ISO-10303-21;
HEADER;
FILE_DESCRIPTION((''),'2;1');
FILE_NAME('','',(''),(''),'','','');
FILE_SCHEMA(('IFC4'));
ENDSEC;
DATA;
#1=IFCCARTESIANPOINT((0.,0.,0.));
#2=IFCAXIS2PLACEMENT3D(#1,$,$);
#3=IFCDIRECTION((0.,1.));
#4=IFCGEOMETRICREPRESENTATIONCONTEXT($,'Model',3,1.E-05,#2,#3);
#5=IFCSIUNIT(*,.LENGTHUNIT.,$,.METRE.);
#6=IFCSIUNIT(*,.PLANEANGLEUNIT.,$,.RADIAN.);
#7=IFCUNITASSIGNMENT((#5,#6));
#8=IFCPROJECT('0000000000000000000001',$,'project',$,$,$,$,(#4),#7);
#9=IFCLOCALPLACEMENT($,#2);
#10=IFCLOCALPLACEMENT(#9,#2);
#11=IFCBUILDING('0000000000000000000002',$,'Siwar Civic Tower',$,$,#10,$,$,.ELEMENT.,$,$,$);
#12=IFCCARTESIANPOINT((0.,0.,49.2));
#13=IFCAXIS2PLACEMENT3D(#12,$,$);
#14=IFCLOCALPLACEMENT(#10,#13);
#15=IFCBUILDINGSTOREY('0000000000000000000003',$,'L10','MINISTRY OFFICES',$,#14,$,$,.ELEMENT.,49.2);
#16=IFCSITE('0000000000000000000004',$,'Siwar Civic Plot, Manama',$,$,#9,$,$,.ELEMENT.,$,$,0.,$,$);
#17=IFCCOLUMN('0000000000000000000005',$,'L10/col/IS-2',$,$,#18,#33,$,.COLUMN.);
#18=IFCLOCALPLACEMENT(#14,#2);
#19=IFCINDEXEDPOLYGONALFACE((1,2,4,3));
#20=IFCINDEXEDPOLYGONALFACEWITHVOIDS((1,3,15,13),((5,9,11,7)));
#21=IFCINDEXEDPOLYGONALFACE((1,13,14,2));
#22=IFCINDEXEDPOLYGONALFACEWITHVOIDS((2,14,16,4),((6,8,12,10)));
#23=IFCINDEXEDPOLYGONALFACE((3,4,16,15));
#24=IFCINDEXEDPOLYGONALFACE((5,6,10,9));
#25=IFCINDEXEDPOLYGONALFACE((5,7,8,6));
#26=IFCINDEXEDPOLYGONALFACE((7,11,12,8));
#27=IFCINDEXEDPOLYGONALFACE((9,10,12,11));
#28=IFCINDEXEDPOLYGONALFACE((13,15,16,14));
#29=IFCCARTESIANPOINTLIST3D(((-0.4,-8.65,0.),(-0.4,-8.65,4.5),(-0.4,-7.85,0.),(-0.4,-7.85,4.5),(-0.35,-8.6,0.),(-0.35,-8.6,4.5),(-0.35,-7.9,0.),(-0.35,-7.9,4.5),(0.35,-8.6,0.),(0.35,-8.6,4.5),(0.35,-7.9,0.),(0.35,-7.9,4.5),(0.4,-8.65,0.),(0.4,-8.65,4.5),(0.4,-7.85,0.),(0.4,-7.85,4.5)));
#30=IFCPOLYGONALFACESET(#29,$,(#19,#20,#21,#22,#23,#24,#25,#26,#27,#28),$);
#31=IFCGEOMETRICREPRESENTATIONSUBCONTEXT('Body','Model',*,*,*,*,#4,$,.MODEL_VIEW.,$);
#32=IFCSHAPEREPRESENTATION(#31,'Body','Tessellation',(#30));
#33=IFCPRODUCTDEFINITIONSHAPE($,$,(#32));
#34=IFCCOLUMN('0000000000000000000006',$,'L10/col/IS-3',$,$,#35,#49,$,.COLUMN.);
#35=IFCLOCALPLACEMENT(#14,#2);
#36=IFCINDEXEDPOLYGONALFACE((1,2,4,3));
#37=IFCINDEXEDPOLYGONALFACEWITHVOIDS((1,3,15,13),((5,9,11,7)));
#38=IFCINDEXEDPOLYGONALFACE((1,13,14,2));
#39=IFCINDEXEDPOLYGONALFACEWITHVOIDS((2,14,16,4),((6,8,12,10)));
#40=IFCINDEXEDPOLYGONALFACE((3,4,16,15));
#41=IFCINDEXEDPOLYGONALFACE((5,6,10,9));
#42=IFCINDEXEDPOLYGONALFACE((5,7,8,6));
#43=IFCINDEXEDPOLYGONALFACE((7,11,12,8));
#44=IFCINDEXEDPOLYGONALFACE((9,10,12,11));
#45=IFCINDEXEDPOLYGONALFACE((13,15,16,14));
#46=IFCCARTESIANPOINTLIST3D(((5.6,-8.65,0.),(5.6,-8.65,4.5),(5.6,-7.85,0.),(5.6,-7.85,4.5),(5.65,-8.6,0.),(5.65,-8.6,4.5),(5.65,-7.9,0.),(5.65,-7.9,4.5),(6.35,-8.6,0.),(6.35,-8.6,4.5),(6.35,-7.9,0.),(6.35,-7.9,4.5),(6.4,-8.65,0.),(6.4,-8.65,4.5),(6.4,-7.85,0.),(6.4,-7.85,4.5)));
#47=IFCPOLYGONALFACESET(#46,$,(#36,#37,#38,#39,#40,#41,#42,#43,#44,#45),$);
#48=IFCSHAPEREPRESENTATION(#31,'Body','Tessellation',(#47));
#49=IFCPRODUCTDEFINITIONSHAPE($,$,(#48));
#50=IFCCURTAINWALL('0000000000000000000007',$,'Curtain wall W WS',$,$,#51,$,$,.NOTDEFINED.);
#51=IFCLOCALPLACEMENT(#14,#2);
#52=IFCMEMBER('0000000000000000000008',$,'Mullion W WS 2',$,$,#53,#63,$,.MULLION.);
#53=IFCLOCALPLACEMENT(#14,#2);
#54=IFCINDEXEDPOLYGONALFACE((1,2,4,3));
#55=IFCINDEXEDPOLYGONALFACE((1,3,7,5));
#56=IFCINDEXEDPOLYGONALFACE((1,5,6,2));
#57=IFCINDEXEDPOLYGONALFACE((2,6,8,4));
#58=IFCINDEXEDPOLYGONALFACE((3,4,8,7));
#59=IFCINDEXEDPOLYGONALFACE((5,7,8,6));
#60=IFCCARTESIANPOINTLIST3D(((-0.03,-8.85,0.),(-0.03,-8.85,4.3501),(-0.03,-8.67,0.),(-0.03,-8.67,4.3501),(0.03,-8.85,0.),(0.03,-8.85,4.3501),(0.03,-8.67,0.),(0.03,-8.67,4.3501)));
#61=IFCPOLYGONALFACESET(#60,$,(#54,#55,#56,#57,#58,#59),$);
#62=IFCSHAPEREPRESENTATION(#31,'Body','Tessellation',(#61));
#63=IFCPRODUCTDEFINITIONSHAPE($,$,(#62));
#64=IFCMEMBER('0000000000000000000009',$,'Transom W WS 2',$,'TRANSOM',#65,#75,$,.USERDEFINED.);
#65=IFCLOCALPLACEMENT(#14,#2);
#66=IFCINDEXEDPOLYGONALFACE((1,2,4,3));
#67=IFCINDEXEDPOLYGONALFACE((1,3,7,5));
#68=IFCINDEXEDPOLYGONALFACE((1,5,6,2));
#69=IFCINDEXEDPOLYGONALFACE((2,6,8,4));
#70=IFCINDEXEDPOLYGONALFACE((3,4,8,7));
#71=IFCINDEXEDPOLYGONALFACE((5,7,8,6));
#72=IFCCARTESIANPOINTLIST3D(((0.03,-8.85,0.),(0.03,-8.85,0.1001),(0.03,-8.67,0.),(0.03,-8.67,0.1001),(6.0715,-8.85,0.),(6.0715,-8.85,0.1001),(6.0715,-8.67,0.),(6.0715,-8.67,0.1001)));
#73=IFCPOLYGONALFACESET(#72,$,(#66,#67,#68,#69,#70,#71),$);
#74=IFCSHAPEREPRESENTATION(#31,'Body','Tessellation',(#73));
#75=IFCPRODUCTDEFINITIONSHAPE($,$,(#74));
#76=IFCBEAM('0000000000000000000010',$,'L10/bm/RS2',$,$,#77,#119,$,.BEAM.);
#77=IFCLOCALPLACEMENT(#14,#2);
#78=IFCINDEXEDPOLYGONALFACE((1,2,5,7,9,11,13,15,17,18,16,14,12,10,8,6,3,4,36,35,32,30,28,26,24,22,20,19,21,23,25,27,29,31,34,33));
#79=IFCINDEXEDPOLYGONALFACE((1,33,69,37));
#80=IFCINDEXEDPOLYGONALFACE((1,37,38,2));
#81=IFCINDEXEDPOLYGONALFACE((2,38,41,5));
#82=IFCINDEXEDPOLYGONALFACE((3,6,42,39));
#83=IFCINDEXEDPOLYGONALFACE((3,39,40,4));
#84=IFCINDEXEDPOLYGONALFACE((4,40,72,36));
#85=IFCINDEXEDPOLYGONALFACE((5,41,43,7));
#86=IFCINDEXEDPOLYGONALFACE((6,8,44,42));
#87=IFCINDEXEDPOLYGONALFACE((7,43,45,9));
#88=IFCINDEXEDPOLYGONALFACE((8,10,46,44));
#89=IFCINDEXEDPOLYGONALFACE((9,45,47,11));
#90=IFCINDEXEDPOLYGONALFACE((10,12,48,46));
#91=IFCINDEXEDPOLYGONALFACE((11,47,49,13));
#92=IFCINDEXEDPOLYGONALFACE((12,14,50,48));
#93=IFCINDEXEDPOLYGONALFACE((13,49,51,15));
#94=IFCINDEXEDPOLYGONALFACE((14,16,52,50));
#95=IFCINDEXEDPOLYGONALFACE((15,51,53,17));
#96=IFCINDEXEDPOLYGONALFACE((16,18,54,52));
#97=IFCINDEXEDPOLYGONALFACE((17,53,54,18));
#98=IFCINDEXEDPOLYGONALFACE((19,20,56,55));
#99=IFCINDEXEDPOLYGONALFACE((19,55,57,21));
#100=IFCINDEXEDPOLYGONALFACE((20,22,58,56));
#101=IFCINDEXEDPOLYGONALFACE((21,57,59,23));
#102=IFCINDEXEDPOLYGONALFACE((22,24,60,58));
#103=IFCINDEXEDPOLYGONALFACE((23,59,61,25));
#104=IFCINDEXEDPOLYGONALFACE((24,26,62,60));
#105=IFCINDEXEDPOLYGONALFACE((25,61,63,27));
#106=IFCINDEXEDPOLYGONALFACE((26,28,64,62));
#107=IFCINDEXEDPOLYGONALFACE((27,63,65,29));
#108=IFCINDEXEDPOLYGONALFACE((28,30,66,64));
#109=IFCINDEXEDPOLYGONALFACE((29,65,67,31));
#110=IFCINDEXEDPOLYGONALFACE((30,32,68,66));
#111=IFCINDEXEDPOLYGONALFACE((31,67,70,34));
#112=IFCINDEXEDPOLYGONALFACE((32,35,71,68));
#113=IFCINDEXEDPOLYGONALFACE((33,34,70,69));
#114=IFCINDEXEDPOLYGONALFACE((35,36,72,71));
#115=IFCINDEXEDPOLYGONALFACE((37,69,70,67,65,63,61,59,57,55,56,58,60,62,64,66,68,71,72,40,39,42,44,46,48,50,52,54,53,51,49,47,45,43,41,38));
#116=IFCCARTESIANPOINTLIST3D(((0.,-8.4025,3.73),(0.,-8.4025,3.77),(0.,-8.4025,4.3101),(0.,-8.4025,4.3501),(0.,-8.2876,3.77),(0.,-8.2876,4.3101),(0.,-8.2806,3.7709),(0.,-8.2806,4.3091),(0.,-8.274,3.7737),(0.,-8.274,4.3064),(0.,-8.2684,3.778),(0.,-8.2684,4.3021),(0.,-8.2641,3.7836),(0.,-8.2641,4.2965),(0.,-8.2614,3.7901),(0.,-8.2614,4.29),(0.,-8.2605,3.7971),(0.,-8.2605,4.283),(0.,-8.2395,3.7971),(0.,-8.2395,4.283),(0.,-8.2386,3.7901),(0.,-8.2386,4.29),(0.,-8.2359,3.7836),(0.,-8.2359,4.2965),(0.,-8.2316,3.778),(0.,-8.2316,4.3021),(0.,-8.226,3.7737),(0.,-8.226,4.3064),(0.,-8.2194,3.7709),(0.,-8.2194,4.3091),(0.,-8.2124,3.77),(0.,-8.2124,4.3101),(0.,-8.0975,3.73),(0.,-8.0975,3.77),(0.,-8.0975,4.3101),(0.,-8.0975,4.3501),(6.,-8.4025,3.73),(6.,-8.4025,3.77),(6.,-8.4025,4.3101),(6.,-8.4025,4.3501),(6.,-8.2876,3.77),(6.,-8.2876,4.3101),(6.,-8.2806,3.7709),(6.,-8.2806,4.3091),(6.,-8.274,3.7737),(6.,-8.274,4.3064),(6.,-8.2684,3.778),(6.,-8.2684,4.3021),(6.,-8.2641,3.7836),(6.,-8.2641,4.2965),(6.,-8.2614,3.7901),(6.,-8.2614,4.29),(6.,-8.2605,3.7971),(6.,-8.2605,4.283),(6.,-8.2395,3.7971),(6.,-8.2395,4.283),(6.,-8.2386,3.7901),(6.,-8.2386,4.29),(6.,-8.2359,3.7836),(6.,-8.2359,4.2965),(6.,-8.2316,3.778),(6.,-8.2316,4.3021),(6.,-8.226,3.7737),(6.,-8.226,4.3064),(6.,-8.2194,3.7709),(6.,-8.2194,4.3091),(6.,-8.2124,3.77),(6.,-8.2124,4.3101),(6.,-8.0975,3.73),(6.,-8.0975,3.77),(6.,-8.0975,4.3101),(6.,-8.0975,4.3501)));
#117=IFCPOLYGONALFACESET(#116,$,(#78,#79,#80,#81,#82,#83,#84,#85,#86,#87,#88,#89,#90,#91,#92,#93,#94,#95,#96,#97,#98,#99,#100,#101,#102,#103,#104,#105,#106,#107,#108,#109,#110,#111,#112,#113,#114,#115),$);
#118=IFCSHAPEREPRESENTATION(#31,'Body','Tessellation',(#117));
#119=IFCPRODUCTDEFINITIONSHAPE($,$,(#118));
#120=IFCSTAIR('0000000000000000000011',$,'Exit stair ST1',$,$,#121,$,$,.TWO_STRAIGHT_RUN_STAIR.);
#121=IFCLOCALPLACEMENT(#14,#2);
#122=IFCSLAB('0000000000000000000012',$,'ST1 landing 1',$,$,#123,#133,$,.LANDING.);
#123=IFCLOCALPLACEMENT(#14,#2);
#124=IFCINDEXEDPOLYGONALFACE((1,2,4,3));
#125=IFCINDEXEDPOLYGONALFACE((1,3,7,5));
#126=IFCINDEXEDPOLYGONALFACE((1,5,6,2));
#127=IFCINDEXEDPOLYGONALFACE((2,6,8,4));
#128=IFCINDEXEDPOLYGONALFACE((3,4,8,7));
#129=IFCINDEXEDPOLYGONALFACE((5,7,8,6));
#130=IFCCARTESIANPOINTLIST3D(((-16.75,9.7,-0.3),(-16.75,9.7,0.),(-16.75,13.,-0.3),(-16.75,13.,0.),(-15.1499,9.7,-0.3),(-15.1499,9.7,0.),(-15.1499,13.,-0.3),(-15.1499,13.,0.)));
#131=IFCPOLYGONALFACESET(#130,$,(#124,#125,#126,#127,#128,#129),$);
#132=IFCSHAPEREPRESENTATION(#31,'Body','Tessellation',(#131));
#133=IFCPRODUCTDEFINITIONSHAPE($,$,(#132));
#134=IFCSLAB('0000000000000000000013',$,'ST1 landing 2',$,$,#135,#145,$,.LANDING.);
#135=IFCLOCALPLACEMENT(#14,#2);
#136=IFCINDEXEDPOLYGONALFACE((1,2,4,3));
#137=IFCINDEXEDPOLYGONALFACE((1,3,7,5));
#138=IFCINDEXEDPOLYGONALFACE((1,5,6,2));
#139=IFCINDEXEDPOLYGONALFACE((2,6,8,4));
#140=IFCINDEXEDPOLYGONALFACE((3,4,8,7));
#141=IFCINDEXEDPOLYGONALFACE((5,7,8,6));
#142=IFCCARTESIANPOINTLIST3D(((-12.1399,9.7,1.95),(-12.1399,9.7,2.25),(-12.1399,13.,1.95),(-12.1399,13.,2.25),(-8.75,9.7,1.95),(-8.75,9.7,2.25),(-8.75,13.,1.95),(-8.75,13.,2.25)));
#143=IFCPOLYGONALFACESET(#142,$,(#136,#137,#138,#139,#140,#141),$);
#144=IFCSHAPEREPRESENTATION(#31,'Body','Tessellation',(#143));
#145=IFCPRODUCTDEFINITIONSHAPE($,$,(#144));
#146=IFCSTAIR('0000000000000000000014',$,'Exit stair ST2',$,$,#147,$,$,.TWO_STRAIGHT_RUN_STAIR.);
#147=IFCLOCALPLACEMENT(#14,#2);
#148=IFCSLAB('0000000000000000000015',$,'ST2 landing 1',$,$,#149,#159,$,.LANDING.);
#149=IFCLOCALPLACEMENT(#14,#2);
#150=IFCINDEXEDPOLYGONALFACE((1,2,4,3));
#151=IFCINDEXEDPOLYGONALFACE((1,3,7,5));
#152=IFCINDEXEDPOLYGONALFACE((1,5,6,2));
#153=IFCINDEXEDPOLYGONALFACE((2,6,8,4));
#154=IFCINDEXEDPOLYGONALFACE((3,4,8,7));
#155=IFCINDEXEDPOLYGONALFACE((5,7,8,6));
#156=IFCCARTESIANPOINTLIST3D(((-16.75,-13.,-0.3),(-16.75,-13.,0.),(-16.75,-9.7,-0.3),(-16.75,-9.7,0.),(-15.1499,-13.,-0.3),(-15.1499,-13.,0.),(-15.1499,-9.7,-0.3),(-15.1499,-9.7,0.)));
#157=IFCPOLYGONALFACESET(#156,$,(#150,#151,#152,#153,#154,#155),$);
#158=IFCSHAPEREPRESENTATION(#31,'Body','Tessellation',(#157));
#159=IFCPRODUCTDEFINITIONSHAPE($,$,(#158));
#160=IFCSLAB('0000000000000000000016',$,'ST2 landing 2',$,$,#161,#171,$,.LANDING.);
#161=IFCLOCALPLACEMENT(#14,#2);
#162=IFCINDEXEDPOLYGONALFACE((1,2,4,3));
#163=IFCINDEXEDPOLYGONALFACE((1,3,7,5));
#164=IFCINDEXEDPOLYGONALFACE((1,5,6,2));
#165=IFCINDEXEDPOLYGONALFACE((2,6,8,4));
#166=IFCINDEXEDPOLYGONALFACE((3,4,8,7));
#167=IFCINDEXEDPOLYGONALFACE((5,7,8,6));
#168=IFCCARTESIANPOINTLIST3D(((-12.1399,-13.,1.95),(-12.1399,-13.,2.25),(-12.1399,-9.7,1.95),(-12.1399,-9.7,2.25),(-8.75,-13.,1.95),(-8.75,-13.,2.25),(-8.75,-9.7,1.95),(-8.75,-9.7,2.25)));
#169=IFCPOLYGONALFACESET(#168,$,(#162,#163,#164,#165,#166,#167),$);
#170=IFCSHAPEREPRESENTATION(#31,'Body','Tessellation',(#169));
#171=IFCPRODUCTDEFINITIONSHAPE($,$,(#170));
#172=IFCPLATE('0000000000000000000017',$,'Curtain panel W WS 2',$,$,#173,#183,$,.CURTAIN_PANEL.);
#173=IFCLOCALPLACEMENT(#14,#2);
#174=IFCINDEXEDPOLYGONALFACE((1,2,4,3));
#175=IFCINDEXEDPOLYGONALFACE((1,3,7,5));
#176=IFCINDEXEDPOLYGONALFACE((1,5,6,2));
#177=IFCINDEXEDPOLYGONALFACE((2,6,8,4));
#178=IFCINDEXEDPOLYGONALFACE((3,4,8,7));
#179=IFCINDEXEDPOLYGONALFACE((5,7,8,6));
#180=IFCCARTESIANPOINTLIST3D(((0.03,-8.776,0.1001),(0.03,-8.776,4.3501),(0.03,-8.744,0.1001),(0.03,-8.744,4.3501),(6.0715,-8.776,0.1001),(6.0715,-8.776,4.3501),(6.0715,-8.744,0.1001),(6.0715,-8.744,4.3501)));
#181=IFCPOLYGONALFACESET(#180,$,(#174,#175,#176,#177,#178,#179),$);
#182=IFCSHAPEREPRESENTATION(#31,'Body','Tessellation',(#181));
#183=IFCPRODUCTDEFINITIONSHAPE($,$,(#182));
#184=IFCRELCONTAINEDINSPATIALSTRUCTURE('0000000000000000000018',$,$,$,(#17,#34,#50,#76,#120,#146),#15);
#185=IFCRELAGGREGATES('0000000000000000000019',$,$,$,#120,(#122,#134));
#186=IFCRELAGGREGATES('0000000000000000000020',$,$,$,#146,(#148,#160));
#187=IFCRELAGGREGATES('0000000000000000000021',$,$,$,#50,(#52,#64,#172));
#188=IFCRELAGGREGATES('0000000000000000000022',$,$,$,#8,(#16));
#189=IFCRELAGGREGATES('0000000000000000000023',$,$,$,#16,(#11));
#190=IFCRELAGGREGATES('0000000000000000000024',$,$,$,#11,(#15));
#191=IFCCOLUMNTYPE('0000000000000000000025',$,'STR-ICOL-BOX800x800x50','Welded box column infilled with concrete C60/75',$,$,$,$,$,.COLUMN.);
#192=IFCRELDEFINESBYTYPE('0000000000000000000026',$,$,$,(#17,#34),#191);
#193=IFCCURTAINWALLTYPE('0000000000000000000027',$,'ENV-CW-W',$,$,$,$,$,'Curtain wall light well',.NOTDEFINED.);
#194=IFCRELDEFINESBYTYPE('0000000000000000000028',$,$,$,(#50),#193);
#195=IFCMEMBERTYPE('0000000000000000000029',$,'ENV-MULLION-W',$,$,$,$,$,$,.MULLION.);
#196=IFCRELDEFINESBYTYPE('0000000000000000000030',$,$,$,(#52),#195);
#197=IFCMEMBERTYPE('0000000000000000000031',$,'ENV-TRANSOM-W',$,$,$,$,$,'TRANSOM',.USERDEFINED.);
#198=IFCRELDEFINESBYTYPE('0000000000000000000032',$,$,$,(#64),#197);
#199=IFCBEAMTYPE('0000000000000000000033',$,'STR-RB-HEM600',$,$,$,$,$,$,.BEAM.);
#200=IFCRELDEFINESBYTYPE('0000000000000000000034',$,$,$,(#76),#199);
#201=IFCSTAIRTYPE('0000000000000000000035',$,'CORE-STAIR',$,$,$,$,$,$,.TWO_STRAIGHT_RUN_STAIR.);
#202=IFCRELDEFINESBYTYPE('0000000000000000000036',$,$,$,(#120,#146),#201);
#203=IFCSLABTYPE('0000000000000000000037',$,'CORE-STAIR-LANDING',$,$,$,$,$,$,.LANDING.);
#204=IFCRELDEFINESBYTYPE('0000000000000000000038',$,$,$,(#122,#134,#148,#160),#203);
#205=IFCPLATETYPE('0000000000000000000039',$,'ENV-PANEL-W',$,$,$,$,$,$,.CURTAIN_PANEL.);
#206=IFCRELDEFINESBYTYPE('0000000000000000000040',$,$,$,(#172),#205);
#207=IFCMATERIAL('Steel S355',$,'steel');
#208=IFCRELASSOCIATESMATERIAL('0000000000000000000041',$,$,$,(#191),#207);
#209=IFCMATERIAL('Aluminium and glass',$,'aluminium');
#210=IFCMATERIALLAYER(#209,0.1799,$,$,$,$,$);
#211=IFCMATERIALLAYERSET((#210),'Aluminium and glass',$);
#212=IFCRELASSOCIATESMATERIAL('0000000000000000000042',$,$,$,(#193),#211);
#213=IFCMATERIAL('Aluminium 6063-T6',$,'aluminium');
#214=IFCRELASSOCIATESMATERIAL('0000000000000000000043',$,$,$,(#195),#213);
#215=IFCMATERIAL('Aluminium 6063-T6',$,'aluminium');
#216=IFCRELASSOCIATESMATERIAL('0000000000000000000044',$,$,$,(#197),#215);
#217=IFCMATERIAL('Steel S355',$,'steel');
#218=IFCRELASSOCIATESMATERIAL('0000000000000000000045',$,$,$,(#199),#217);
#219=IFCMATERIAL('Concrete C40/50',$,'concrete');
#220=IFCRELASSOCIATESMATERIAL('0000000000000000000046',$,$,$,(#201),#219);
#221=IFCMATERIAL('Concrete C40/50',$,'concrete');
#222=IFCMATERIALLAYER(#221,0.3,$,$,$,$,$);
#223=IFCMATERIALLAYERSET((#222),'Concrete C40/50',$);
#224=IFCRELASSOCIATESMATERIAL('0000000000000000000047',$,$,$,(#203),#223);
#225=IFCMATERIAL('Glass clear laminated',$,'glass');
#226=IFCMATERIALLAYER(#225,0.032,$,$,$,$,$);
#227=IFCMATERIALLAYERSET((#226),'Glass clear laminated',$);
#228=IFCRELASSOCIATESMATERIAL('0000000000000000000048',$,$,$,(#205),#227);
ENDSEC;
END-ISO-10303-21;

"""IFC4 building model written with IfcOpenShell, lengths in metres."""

from ifc_helpers import new_model, si_unit, direction, frame, origin, origin_2d, place, context, subcontext, project, spatial, polyline, rectangle, hollow_rectangle, i_section, outline, extrude, material, layer, layer_set, material_profile, profile_set, type_object, element, aggregate, save


model = new_model("IFC4")

# Units and contexts
model_context = context("Model", 3, precision=1e-05, world=origin(), true_north=direction((0.0, 1.0)))
body_context = subcontext(model_context, "Body", "Model", "MODEL_VIEW")
ifc_project = project(units=[si_unit("LENGTHUNIT", "METRE"), si_unit("PLANEANGLEUNIT", "RADIAN")], contexts=[model_context])

# Site, building, storey
site_placement = place(None, origin())
site = spatial("IfcSite", under=ifc_project, at=site_placement, Name="Siwar Civic Plot, Manama", CompositionType="ELEMENT", RefElevation=0.0)
building_placement = place(site_placement, origin())
building = spatial("IfcBuilding", under=site, at=building_placement, Name="Siwar Civic Tower", CompositionType="ELEMENT")
storey_placement = place(building_placement, frame((0.0, 0.0, 49.2)))
storey = spatial("IfcBuildingStorey", under=building, at=storey_placement, Name="L10", Description="MINISTRY OFFICES", CompositionType="ELEMENT", Elevation=49.2)

# Columns
ifc_material_1 = material(Name="Steel S355", Category="steel")
ifc_material_profile_1 = material_profile(ifc_material_1, hollow_rectangle(XDim=0.8, YDim=0.8, WallThickness=0.05, at=origin_2d()), Name="BOX800x800x50")
ifc_profile_set_1 = profile_set([ifc_material_profile_1], Name="Steel S355")
column_type = type_object("IfcColumnType", Name="STR-ICOL-BOX800x800x50", Description="Welded box column infilled with concrete C60/75", PredefinedType="COLUMN", material=ifc_profile_set_1)
for number, where, z_axis, x_axis, name in (
    (1, (0.0, -8.25, 0.0), (0.0, 0.0, 1.0), (1.0, 0.0, 0.0), "L10/col/IS-2"),
    (2, (6.0, -8.25, 0.0), (0.0, 0.0, 1.0), (1.0, 0.0, 0.0), "L10/col/IS-3"),
):
    element("IfcColumn", number, at=place(storey_placement, frame(where, z_axis=z_axis, x_axis=x_axis)), inside=storey, type_object=column_type, Name=name, PredefinedType="COLUMN", context=body_context, shape_type="SweptSolid", body=[
        extrude(hollow_rectangle(XDim=0.8, YDim=0.8, WallThickness=0.05, at=origin_2d()), origin(), (0.0, 0.0, 1.0), 4.5),
    ])

# Curtain wall, members
ifc_material_2 = material(Name="Aluminium and glass", Category="aluminium")
ifc_layer_1 = layer(ifc_material_2, 0.1799)
ifc_layer_set_1 = layer_set([ifc_layer_1], Name="Aluminium and glass")
curtain_wall_type = type_object("IfcCurtainWallType", Name="ENV-CW-W", ElementType="Curtain wall light well", PredefinedType="NOTDEFINED", material=ifc_layer_set_1)
curtain_wall_placement = place(storey_placement, origin())
curtain_wall = element("IfcCurtainWall", 3, at=curtain_wall_placement, inside=storey, type_object=curtain_wall_type, Name="Curtain wall W WS", PredefinedType="NOTDEFINED")
ifc_material_3 = material(Name="Aluminium 6063-T6", Category="aluminium")
ifc_material_profile_2 = material_profile(ifc_material_3, rectangle(XDim=0.1799, YDim=0.0601, at=origin_2d()), Name="AL 180x60")
ifc_profile_set_2 = profile_set([ifc_material_profile_2], Name="Aluminium 6063-T6")
member_type_1 = type_object("IfcMemberType", Name="ENV-MULLION-W", PredefinedType="MULLION", material=ifc_profile_set_2)
member_1_placement = place(storey_placement, frame((0.0, -8.76, 0.0), z_axis=(0.0, 0.0, 1.0), x_axis=(0.0, 1.0, 0.0)))
member_1 = element("IfcMember", 4, at=member_1_placement, type_object=member_type_1, Name="Mullion W WS 2", PredefinedType="MULLION", context=body_context, shape_type="SweptSolid", body=[
    extrude(rectangle(XDim=0.1799, YDim=0.0601, at=origin_2d()), origin(), (0.0, 0.0, 1.0), 4.3501),
])
ifc_material_4 = material(Name="Aluminium 6063-T6", Category="aluminium")
ifc_material_profile_3 = material_profile(ifc_material_4, rectangle(XDim=0.1799, YDim=0.1001, at=origin_2d()), Name="AL 180x100")
ifc_profile_set_3 = profile_set([ifc_material_profile_3], Name="Aluminium 6063-T6")
member_type_2 = type_object("IfcMemberType", Name="ENV-TRANSOM-W", ElementType="TRANSOM", PredefinedType="USERDEFINED", material=ifc_profile_set_3)
member_2_placement = place(storey_placement, frame((0.03, -8.76, 0.05), z_axis=(1.0, 0.0, 0.0), x_axis=(0.0, 1.0, 0.0)))
member_2 = element("IfcMember", 5, at=member_2_placement, type_object=member_type_2, Name="Transom W WS 2", ObjectType="TRANSOM", PredefinedType="USERDEFINED", context=body_context, shape_type="SweptSolid", body=[
    extrude(rectangle(XDim=0.1799, YDim=0.1001, at=origin_2d()), origin(), (0.0, 0.0, 1.0), 6.0415),
])

# Beam
ifc_material_5 = material(Name="Steel S355", Category="steel")
ifc_material_profile_4 = material_profile(ifc_material_5, i_section(OverallWidth=0.3049, OverallDepth=0.6201, WebThickness=0.021, FlangeThickness=0.04, FilletRadius=0.0271, at=origin_2d()), Name="HEM600")
ifc_profile_set_4 = profile_set([ifc_material_profile_4], Name="Steel S355")
beam_type = type_object("IfcBeamType", Name="STR-RB-HEM600", PredefinedType="BEAM", material=ifc_profile_set_4)
beam_placement = place(storey_placement, frame((0.0, -8.25, 4.04), z_axis=(1.0, 0.0, 0.0), x_axis=(0.0, 1.0, 0.0)))
element("IfcBeam", 6, at=beam_placement, inside=storey, type_object=beam_type, Name="L10/bm/RS2", PredefinedType="BEAM", context=body_context, shape_type="SweptSolid", body=[
    extrude(i_section(OverallWidth=0.3049, OverallDepth=0.6201, WebThickness=0.021, FlangeThickness=0.04, FilletRadius=0.0271, at=origin_2d()), origin(), (0.0, 0.0, 1.0), 6.0),
])

# Stairs, slabs
ifc_material_6 = material(Name="Concrete C40/50", Category="concrete")
stair_type = type_object("IfcStairType", Name="CORE-STAIR", PredefinedType="TWO_STRAIGHT_RUN_STAIR", material=ifc_material_6)
stair_1_placement = place(storey_placement, origin())
stair_1 = element("IfcStair", 7, at=stair_1_placement, inside=storey, type_object=stair_type, Name="Exit stair ST1", PredefinedType="TWO_STRAIGHT_RUN_STAIR")
ifc_material_7 = material(Name="Concrete C40/50", Category="concrete")
ifc_layer_2 = layer(ifc_material_7, 0.3)
ifc_layer_set_2 = layer_set([ifc_layer_2], Name="Concrete C40/50")
slab_type_1 = type_object("IfcSlabType", Name="CORE-STAIR-LANDING", PredefinedType="LANDING", material=ifc_layer_set_2)
slab_1_placement = place(storey_placement, frame((0.0, 0.0, -0.3)))
slab_1 = element("IfcSlab", 8, at=slab_1_placement, type_object=slab_type_1, Name="ST1 landing 1", PredefinedType="LANDING", context=body_context, shape_type="SweptSolid", body=[
    extrude(outline(polyline([(-15.1499, 13.0), (-16.75, 13.0), (-16.75, 9.7), (-15.1499, 9.7), (-15.1499, 13.0)])), origin(), (0.0, 0.0, 1.0), 0.3),
])
slab_2_placement = place(storey_placement, frame((0.0, 0.0, 1.95)))
slab_2 = element("IfcSlab", 9, at=slab_2_placement, type_object=slab_type_1, Name="ST1 landing 2", PredefinedType="LANDING", context=body_context, shape_type="SweptSolid", body=[
    extrude(outline(polyline([(-8.75, 13.0), (-12.1399, 13.0), (-12.1399, 9.7), (-8.75, 9.7), (-8.75, 13.0)])), origin(), (0.0, 0.0, 1.0), 0.3),
])
aggregate(stair_1, [slab_1, slab_2])
stair_2_placement = place(storey_placement, origin())
stair_2 = element("IfcStair", 10, at=stair_2_placement, inside=storey, type_object=stair_type, Name="Exit stair ST2", PredefinedType="TWO_STRAIGHT_RUN_STAIR")
slab_3_placement = place(storey_placement, frame((0.0, 0.0, -0.3)))
slab_3 = element("IfcSlab", 11, at=slab_3_placement, type_object=slab_type_1, Name="ST2 landing 1", PredefinedType="LANDING", context=body_context, shape_type="SweptSolid", body=[
    extrude(outline(polyline([(-15.1499, -9.7), (-16.75, -9.7), (-16.75, -13.0), (-15.1499, -13.0), (-15.1499, -9.7)])), origin(), (0.0, 0.0, 1.0), 0.3),
])
slab_4_placement = place(storey_placement, frame((0.0, 0.0, 1.95)))
slab_4 = element("IfcSlab", 12, at=slab_4_placement, type_object=slab_type_1, Name="ST2 landing 2", PredefinedType="LANDING", context=body_context, shape_type="SweptSolid", body=[
    extrude(outline(polyline([(-8.75, -9.7), (-12.1399, -9.7), (-12.1399, -13.0), (-8.75, -13.0), (-8.75, -9.7)])), origin(), (0.0, 0.0, 1.0), 0.3),
])
aggregate(stair_2, [slab_3, slab_4])

# Plate
ifc_material_8 = material(Name="Glass clear laminated", Category="glass")
ifc_layer_3 = layer(ifc_material_8, 0.032)
ifc_layer_set_3 = layer_set([ifc_layer_3], Name="Glass clear laminated")
plate_type = type_object("IfcPlateType", Name="ENV-PANEL-W", PredefinedType="CURTAIN_PANEL", material=ifc_layer_set_3)
plate_placement = place(storey_placement, frame((3.0508, -8.76, 0.1001), z_axis=(0.0, 0.0, 1.0), x_axis=(1.0, 0.0, 0.0)))
plate = element("IfcPlate", 13, at=plate_placement, type_object=plate_type, Name="Curtain panel W WS 2", PredefinedType="CURTAIN_PANEL", context=body_context, shape_type="SweptSolid", body=[
    extrude(rectangle(XDim=6.0415, YDim=0.032, at=origin_2d()), origin(), (0.0, 0.0, 1.0), 4.25),
])
aggregate(curtain_wall, [member_1, member_2, plate])

save(model, "model.ifc")
